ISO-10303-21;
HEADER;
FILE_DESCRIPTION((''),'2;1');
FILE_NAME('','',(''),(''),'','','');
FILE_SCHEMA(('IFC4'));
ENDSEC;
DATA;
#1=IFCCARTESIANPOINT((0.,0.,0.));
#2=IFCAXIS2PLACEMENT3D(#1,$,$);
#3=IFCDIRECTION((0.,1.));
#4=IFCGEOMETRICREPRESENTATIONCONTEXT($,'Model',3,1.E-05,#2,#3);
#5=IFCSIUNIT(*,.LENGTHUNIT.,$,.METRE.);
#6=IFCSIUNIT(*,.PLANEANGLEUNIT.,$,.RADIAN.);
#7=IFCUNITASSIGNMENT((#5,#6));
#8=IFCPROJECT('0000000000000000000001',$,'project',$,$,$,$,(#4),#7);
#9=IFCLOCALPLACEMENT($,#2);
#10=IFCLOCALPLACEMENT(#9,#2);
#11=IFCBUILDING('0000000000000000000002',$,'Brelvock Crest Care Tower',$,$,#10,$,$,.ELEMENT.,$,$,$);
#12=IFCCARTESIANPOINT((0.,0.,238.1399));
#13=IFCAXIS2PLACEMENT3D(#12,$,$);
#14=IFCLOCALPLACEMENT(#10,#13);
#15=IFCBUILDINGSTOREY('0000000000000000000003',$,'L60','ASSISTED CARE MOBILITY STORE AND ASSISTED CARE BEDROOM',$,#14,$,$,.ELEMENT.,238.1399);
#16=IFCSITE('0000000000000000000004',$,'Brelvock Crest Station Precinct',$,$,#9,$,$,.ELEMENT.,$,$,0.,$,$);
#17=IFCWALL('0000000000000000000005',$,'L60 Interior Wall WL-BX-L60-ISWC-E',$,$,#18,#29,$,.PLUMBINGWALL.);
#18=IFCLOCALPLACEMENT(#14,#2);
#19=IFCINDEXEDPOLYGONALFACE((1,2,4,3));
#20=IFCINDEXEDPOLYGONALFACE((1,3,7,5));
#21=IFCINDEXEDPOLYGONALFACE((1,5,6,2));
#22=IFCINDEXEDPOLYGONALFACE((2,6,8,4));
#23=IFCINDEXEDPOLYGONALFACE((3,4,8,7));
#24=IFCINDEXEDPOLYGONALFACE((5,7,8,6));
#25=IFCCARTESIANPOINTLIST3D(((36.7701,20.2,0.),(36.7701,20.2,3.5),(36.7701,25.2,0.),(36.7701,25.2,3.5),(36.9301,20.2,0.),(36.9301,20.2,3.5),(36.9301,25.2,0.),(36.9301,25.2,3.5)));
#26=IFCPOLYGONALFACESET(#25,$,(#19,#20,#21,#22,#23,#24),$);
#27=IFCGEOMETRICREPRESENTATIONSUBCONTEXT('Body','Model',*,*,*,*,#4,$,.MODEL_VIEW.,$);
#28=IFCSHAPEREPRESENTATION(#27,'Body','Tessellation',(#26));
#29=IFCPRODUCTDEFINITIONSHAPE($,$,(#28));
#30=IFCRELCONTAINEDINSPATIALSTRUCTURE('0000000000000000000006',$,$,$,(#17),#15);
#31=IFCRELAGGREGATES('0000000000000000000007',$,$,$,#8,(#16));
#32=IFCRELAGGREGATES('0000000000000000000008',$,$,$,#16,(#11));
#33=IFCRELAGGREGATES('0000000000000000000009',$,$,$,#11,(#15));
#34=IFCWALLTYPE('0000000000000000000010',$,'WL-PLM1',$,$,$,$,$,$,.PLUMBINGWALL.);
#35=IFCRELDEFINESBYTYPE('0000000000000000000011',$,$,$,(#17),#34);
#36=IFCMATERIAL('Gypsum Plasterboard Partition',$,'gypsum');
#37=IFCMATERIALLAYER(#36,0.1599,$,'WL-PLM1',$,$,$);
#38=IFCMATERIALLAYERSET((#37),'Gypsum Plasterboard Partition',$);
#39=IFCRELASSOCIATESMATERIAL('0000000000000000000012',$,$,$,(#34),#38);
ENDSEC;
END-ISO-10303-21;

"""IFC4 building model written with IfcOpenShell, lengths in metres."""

from ifc_helpers import new_model, si_unit, direction, frame, frame_2d, origin, place, context, subcontext, project, spatial, rectangle, extrude, material, layer, layer_set, type_object, element, save


model = new_model("IFC4")

# Units and contexts
model_context = context("Model", 3, precision=1e-05, world=origin(), true_north=direction((0.0, 1.0)))
body_context = subcontext(model_context, "Body", "Model", "MODEL_VIEW")
ifc_project = project(units=[si_unit("LENGTHUNIT", "METRE"), si_unit("PLANEANGLEUNIT", "RADIAN")], contexts=[model_context])

# Site, building, storey
site_placement = place(None, origin())
site = spatial("IfcSite", under=ifc_project, at=site_placement, Name="Brelvock Crest Station Precinct", CompositionType="ELEMENT", RefElevation=0.0)
building_placement = place(site_placement, origin())
building = spatial("IfcBuilding", under=site, at=building_placement, Name="Brelvock Crest Care Tower", CompositionType="ELEMENT")
storey_placement = place(building_placement, frame((0.0, 0.0, 238.1399)))
storey = spatial("IfcBuildingStorey", under=building, at=storey_placement, Name="L60", Description="ASSISTED CARE MOBILITY STORE AND ASSISTED CARE BEDROOM", CompositionType="ELEMENT", Elevation=238.1399)

# Shared definitions
ifc_material_1 = material(Name="Gypsum Plasterboard Partition", Category="gypsum")
ifc_layer_1 = layer(ifc_material_1, 0.1599, Name="WL-PLM1")
ifc_layer_set_1 = layer_set([ifc_layer_1], Name="Gypsum Plasterboard Partition")
wall_type_1 = type_object("IfcWallType", Name="WL-PLM1", PredefinedType="PLUMBINGWALL", material=ifc_layer_set_1)

# Wall
wall_1_placement = place(storey_placement, frame((36.8501, 20.2, 0.0), z_axis=(0.0, 0.0, 1.0), x_axis=(0.0, 1.0, 0.0)))
element("IfcWall", 1, at=wall_1_placement, inside=storey, type_object=wall_type_1, Name="L60 Interior Wall WL-BX-L60-ISWC-E", PredefinedType="PLUMBINGWALL", context=body_context, shape_type="SweptSolid", body=[
    extrude(rectangle(XDim=5.0, YDim=0.1599, at=frame_2d((2.5, 0.0))), origin(), (0.0, 0.0, 1.0), 3.5),
])

save(model, "model.ifc")
